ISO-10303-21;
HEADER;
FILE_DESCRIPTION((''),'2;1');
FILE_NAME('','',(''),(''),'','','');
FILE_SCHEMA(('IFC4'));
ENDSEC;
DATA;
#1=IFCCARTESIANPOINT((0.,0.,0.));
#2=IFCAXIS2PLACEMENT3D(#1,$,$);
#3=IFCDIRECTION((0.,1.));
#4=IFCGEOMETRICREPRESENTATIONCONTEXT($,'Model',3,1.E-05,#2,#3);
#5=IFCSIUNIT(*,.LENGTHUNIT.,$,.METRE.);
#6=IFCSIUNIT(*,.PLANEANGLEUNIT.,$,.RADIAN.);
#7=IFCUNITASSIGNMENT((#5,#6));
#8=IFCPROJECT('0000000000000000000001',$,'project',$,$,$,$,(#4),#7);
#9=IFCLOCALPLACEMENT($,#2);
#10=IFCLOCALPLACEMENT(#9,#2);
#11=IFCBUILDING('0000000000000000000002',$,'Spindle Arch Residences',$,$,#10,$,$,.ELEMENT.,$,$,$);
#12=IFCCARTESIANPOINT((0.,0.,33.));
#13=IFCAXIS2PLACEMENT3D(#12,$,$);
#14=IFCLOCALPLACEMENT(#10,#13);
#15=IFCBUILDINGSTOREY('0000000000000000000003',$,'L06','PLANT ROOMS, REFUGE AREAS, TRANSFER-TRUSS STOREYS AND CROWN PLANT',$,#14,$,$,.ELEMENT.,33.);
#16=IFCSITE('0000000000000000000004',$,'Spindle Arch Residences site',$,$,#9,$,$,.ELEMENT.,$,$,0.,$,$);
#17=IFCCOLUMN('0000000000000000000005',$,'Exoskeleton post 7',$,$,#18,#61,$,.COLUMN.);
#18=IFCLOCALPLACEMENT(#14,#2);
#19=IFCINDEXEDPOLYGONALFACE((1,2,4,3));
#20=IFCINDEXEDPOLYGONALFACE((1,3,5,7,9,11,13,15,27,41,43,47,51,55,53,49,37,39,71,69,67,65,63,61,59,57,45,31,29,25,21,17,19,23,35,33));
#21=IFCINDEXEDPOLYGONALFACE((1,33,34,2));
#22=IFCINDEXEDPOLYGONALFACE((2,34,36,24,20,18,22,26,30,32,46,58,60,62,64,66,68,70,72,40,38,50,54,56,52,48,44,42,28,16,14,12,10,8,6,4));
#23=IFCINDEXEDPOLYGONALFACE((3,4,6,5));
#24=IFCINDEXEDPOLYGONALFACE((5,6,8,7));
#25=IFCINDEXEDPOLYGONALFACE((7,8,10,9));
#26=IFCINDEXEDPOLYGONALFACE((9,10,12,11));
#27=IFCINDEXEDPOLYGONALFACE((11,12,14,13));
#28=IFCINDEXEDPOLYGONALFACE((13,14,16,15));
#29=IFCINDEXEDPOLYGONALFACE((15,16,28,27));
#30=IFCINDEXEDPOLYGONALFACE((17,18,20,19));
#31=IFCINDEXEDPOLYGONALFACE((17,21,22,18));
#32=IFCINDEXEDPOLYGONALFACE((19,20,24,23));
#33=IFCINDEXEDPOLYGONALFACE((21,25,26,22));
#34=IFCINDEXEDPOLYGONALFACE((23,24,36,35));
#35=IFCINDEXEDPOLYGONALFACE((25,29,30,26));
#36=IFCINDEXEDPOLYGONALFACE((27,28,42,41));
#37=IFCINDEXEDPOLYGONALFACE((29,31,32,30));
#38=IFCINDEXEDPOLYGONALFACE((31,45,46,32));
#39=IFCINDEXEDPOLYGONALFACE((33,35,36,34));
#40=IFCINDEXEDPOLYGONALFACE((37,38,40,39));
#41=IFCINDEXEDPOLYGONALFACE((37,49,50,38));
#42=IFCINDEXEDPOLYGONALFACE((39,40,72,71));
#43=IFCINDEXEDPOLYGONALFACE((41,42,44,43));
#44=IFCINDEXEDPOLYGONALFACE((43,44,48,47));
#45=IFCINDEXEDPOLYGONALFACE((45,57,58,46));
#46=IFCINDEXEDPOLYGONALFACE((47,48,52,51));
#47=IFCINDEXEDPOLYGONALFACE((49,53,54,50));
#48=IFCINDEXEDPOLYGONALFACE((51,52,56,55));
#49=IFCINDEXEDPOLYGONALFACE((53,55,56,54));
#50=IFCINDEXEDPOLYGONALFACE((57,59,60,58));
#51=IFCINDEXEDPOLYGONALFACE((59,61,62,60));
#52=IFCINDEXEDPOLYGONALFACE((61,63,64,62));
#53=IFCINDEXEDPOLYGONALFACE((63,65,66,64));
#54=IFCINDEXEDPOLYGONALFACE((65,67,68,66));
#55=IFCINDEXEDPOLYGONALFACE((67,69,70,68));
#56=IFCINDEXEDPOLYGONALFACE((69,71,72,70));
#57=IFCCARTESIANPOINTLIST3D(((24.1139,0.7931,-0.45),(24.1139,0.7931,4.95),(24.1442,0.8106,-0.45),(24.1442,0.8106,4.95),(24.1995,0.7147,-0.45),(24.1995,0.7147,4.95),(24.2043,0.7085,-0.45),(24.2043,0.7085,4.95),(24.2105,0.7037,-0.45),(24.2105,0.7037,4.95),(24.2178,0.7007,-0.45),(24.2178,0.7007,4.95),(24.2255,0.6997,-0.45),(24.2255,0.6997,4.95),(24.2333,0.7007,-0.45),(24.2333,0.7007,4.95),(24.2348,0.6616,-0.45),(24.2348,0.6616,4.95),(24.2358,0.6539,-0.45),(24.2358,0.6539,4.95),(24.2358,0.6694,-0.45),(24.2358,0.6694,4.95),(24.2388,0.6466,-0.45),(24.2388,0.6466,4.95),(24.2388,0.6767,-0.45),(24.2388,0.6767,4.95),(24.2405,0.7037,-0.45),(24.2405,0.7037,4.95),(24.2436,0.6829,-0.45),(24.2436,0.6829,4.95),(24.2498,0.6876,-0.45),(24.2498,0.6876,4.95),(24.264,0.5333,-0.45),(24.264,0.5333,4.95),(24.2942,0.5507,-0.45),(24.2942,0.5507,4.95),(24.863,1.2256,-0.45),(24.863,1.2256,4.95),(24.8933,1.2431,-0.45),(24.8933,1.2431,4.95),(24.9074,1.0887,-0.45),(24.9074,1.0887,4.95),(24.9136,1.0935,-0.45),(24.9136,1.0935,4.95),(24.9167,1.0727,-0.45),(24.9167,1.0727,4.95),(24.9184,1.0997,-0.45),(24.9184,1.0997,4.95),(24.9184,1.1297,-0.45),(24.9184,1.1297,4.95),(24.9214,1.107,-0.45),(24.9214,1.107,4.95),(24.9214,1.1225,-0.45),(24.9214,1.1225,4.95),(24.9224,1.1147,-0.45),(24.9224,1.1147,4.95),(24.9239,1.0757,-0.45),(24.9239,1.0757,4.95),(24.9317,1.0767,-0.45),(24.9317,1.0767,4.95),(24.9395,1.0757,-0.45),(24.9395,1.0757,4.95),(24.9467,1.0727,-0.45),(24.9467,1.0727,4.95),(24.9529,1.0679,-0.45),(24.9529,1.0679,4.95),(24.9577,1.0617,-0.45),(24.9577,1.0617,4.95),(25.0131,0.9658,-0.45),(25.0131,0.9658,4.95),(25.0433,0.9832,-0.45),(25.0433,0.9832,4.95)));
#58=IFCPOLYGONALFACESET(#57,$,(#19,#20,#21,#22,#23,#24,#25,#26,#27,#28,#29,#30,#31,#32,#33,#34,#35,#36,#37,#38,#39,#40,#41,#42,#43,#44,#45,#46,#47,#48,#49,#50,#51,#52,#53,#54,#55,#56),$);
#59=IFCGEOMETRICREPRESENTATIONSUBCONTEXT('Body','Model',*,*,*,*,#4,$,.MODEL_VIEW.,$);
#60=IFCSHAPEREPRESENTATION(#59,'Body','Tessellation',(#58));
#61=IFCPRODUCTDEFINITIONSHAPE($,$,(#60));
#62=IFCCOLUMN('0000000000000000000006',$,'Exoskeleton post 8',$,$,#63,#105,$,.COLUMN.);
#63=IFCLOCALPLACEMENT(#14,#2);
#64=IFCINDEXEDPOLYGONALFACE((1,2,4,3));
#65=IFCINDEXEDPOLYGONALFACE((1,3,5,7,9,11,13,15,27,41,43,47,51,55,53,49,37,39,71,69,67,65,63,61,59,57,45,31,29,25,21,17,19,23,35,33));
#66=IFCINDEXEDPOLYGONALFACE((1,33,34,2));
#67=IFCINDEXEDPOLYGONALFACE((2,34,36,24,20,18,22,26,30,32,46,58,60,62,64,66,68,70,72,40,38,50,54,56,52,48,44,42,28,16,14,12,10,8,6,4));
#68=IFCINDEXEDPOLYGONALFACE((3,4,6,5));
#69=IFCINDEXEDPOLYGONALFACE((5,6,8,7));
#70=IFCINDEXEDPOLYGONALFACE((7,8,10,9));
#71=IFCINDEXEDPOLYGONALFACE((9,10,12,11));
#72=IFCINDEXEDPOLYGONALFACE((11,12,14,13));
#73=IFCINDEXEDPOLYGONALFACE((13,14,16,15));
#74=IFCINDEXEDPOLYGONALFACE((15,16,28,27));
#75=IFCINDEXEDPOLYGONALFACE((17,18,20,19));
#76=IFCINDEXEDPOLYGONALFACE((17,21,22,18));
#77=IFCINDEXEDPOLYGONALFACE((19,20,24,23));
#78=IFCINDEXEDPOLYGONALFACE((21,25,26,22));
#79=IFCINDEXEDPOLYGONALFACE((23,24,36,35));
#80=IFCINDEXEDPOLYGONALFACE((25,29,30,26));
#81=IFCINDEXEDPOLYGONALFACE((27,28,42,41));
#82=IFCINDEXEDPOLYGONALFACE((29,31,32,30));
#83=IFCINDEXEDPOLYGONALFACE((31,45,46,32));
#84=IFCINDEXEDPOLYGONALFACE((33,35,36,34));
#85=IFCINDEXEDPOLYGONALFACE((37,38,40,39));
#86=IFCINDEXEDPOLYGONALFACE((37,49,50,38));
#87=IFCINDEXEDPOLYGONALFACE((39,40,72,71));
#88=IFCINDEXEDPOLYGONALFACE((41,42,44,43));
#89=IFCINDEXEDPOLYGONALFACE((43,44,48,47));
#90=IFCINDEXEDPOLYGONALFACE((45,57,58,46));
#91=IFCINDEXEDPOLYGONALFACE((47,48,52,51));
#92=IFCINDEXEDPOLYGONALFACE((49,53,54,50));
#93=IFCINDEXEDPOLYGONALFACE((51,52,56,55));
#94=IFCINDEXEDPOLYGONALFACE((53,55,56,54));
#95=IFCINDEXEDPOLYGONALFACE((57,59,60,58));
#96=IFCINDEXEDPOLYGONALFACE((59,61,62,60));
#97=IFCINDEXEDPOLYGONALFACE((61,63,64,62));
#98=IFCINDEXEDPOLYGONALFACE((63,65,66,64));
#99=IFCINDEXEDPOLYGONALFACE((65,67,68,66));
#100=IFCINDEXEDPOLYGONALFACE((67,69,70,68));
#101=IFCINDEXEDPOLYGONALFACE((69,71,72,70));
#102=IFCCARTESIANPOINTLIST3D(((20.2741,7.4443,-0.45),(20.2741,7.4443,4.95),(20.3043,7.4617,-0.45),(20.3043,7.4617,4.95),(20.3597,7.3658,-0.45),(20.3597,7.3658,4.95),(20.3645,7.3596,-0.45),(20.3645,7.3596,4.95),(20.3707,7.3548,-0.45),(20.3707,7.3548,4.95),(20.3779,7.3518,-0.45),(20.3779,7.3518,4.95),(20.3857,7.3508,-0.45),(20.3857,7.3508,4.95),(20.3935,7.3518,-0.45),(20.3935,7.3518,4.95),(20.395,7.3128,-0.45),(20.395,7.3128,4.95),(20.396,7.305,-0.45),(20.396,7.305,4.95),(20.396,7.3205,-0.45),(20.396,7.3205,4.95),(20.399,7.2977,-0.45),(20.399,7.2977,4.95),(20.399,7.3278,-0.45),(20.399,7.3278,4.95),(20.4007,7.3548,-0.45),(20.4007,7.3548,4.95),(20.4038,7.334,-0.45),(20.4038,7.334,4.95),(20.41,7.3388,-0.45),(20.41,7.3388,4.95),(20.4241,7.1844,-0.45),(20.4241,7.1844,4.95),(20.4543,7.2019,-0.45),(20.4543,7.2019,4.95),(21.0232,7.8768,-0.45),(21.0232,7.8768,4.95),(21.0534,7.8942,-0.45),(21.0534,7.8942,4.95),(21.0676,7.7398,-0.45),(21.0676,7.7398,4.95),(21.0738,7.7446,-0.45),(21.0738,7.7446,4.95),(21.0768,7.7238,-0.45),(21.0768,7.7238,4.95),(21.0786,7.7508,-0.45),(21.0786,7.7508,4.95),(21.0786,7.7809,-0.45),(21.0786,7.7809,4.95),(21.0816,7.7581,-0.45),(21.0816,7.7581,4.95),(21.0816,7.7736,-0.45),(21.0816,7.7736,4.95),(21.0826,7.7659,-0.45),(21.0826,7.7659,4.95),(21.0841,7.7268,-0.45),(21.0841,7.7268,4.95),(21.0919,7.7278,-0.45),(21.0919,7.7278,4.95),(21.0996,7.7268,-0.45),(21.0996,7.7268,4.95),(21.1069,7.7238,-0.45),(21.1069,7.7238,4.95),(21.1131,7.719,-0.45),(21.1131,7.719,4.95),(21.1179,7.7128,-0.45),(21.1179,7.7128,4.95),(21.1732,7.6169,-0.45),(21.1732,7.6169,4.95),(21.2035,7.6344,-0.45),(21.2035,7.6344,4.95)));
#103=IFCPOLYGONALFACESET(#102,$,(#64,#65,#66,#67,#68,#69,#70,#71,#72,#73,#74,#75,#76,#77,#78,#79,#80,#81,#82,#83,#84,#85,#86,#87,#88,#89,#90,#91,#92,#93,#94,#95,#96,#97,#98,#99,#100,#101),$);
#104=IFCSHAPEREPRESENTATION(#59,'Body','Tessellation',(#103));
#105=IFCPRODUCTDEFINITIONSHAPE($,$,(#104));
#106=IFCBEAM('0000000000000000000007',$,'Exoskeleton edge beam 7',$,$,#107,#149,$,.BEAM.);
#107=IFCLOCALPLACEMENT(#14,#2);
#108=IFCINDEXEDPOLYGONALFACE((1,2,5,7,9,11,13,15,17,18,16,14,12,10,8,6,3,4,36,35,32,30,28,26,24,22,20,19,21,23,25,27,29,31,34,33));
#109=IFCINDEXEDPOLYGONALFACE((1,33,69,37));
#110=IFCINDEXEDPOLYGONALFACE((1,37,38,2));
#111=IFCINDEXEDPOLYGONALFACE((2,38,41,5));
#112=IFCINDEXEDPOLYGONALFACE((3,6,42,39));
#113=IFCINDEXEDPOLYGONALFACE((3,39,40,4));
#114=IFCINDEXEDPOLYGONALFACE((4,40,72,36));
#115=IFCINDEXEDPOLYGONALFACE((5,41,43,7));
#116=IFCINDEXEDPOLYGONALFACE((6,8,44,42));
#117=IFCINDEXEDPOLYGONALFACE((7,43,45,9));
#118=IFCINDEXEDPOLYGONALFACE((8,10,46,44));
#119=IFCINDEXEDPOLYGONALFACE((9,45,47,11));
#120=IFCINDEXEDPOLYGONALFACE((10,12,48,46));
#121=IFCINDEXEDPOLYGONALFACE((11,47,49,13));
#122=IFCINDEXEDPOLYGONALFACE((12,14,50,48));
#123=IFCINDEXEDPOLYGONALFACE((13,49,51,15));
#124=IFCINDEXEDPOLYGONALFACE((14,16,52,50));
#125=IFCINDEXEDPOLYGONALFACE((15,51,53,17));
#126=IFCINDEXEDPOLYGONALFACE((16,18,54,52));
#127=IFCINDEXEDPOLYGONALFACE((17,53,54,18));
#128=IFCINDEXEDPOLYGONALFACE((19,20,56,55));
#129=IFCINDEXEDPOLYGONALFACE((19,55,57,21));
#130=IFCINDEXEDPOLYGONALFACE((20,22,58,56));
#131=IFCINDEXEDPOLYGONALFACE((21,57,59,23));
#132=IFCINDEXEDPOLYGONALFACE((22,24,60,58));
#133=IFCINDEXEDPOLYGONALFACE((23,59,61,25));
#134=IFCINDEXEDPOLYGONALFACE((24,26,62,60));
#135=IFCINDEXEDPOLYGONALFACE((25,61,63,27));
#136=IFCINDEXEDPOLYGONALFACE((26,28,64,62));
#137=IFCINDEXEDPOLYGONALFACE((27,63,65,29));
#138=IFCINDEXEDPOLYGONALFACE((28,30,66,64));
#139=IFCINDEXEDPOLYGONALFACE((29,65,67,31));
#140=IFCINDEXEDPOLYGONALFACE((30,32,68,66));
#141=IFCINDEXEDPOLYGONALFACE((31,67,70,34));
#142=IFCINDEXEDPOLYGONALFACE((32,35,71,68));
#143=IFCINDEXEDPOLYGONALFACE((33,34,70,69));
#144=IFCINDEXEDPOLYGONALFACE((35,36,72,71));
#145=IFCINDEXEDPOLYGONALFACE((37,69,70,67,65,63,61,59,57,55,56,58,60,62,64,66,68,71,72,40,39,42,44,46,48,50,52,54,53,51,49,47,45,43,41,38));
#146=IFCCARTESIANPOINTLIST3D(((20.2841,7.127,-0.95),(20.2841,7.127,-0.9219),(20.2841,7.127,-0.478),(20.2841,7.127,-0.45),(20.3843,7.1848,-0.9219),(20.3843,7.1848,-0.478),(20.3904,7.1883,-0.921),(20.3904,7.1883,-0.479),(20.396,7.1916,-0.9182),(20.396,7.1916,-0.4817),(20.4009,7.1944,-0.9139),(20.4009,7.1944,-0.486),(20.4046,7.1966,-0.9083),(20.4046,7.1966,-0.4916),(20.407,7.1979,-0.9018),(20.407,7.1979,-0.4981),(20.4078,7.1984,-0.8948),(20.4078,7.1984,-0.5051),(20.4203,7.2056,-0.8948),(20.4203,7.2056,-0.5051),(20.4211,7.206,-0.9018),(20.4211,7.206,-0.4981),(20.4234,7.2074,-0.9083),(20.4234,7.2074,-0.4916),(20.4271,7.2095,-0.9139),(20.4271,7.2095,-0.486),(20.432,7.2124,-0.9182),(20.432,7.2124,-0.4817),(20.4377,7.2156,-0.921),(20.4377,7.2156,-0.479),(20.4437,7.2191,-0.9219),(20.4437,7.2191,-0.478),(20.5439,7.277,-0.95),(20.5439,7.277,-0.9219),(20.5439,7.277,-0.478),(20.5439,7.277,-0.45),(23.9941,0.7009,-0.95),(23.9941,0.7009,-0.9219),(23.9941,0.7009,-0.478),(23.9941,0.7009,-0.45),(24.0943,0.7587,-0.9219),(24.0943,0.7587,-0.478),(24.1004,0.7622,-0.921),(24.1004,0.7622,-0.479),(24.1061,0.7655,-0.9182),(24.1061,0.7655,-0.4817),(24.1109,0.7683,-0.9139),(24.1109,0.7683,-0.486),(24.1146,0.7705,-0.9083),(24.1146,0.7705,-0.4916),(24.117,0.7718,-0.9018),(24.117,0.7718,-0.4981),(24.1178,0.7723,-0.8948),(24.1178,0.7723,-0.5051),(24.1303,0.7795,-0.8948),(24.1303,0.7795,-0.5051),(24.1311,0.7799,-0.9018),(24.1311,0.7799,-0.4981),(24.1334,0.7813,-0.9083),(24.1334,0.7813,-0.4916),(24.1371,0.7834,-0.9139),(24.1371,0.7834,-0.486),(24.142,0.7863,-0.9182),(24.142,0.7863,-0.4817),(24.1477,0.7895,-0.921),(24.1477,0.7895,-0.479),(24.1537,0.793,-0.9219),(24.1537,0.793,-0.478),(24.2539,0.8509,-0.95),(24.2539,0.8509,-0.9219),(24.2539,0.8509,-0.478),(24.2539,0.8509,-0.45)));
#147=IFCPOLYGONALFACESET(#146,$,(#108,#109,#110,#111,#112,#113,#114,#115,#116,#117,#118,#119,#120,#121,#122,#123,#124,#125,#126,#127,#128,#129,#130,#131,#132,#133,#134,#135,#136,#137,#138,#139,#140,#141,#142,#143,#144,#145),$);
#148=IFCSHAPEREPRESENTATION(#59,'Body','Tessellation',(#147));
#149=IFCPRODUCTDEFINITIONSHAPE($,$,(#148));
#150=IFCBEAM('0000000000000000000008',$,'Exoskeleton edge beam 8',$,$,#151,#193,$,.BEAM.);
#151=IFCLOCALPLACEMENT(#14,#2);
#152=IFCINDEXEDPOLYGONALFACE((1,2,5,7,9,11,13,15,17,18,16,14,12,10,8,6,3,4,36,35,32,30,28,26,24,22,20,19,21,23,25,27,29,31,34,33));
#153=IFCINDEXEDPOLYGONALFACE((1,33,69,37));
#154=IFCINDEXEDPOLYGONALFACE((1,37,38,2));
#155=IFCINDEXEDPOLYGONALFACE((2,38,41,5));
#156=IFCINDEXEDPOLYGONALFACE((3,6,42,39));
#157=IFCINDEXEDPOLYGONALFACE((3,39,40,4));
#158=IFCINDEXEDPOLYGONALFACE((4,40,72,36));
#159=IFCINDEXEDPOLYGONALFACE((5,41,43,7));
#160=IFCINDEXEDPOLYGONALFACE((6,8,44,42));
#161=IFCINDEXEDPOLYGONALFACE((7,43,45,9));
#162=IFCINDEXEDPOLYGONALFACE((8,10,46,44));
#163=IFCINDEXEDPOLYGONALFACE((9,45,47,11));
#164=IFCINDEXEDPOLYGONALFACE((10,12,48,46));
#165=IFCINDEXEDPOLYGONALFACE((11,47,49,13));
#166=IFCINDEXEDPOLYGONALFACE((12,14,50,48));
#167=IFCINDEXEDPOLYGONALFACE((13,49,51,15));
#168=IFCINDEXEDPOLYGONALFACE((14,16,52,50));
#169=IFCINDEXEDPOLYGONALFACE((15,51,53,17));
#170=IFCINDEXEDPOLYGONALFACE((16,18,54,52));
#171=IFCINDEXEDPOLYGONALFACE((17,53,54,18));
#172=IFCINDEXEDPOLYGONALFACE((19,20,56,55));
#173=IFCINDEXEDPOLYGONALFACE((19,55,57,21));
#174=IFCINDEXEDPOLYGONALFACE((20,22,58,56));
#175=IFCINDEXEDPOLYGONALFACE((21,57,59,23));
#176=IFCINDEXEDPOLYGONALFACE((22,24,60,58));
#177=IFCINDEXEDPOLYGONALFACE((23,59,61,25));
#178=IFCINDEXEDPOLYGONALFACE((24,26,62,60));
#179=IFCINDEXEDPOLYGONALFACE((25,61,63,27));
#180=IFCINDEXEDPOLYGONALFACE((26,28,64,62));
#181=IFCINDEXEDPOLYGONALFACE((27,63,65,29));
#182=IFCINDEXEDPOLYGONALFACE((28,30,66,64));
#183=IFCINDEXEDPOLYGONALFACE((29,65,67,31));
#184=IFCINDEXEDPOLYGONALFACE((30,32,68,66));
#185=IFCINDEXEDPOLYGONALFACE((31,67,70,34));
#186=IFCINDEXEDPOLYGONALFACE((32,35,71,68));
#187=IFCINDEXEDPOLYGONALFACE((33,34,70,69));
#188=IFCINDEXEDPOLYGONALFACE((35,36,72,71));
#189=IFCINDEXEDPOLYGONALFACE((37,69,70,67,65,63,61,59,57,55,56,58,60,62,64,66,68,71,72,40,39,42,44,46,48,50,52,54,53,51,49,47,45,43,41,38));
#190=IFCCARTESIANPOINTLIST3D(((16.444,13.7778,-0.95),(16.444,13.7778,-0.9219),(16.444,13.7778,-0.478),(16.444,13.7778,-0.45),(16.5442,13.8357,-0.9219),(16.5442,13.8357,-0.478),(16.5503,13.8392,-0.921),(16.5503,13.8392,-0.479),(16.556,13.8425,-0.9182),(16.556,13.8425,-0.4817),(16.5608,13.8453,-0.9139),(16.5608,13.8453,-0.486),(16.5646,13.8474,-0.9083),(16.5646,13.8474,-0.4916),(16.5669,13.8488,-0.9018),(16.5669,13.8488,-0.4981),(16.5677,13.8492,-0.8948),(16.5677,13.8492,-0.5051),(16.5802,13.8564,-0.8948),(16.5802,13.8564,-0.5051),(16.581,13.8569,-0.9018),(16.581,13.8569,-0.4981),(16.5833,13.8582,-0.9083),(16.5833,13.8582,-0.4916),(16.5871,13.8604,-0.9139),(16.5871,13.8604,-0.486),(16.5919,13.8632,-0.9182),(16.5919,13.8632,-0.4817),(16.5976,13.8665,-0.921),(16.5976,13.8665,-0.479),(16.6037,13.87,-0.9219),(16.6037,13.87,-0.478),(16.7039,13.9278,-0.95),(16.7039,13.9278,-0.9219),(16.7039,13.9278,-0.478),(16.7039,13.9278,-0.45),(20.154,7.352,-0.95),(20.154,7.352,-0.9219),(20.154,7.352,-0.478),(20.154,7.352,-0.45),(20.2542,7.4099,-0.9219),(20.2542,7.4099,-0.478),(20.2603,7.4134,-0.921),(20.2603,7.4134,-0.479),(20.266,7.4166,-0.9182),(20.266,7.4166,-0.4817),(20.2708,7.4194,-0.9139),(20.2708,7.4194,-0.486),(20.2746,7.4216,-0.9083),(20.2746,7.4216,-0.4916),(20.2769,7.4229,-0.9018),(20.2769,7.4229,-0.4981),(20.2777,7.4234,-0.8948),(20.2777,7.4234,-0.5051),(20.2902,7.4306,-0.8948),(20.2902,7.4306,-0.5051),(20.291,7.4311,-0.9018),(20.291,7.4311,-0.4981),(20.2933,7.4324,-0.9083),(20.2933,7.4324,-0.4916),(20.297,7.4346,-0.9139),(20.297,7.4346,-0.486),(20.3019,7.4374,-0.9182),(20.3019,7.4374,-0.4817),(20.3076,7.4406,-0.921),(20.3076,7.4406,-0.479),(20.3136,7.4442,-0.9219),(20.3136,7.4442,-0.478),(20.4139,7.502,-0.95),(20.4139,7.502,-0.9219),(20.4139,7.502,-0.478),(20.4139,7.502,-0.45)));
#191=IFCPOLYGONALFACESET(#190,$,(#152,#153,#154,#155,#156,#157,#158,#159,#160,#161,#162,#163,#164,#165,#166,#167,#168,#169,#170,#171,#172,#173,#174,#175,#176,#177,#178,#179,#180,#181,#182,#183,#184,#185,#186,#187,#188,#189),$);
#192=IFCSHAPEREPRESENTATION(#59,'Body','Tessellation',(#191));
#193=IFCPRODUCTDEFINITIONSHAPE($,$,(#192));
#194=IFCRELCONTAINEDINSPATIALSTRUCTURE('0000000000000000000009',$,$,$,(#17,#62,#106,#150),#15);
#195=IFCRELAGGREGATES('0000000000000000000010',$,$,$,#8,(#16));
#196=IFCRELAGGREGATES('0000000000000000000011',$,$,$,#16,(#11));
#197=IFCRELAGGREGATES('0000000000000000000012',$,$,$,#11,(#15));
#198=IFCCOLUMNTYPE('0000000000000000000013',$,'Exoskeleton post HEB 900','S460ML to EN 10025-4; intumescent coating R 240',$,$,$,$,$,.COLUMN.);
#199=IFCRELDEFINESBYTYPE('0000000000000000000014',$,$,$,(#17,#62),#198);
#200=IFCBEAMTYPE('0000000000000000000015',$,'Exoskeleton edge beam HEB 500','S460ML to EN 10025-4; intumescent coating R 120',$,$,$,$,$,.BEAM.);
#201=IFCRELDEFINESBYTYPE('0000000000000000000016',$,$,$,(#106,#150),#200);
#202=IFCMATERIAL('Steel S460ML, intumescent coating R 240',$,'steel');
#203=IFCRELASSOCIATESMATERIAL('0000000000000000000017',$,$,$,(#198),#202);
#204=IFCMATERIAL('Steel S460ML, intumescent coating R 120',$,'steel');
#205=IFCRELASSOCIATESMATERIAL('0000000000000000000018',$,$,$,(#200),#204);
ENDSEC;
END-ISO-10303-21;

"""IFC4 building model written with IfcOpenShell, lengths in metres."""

from ifc_helpers import new_model, si_unit, direction, frame, origin, origin_2d, place, context, subcontext, project, spatial, i_section, extrude, material, material_profile, profile_set, type_object, element, save


model = new_model("IFC4")

# Units and contexts
model_context = context("Model", 3, precision=1e-05, world=origin(), true_north=direction((0.0, 1.0)))
body_context = subcontext(model_context, "Body", "Model", "MODEL_VIEW")
ifc_project = project(units=[si_unit("LENGTHUNIT", "METRE"), si_unit("PLANEANGLEUNIT", "RADIAN")], contexts=[model_context])

# Site, building, storey
site_placement = place(None, origin())
site = spatial("IfcSite", under=ifc_project, at=site_placement, Name="Spindle Arch Residences site", CompositionType="ELEMENT", RefElevation=0.0)
building_placement = place(site_placement, origin())
building = spatial("IfcBuilding", under=site, at=building_placement, Name="Spindle Arch Residences", CompositionType="ELEMENT")
storey_placement = place(building_placement, frame((0.0, 0.0, 33.0)))
storey = spatial("IfcBuildingStorey", under=building, at=storey_placement, Name="L06", Description="PLANT ROOMS, REFUGE AREAS, TRANSFER-TRUSS STOREYS AND CROWN PLANT", CompositionType="ELEMENT", Elevation=33.0)

# Columns
ifc_material_1 = material(Name="Steel S460ML, intumescent coating R 240", Category="steel")
ifc_material_profile_1 = material_profile(ifc_material_1, i_section(OverallWidth=0.3, OverallDepth=0.8999, WebThickness=0.0186, FlangeThickness=0.0349, FilletRadius=0.03, at=origin_2d()), Name="HEB 900")
ifc_profile_set_1 = profile_set([ifc_material_profile_1], Name="Steel S460ML, intumescent coating R 240")
column_type = type_object("IfcColumnType", Name="Exoskeleton post HEB 900", Description="S460ML to EN 10025-4; intumescent coating R 240", PredefinedType="COLUMN", material=ifc_profile_set_1)
for number, where, z_axis, x_axis, name in (
    (1, (24.5786, 0.8882, -0.45), (0.0, 0.0, 1.0), (0.5, -0.866025, 0.0), "Exoskeleton post 7"),
    (2, (20.7388, 7.5393, -0.45), (0.0, 0.0, 1.0), (0.5, -0.866025, 0.0), "Exoskeleton post 8"),
):
    element("IfcColumn", number, at=place(storey_placement, frame(where, z_axis=z_axis, x_axis=x_axis)), inside=storey, type_object=column_type, Name=name, PredefinedType="COLUMN", context=body_context, shape_type="SweptSolid", body=[
        extrude(i_section(OverallWidth=0.3, OverallDepth=0.8999, WebThickness=0.0186, FlangeThickness=0.0349, FilletRadius=0.03, at=origin_2d()), origin(), (0.0, 0.0, 1.0), 5.3999),
    ])

# Beams
ifc_material_2 = material(Name="Steel S460ML, intumescent coating R 120", Category="steel")
ifc_material_profile_2 = material_profile(ifc_material_2, i_section(OverallWidth=0.3, OverallDepth=0.5, WebThickness=0.0144, FlangeThickness=0.0281, FilletRadius=0.0271, at=origin_2d()), Name="HEB 500")
ifc_profile_set_2 = profile_set([ifc_material_profile_2], Name="Steel S460ML, intumescent coating R 120")
beam_type_1 = type_object("IfcBeamType", Name="Exoskeleton edge beam HEB 500", Description="S460ML to EN 10025-4; intumescent coating R 120", PredefinedType="BEAM", material=ifc_profile_set_2)
beam_1_placement = place(storey_placement, frame((24.124, 0.7759, -0.7), z_axis=(-0.499989, 0.866032, 0.0), x_axis=(-0.866032, -0.499989, 0.0)))
element("IfcBeam", 3, at=beam_1_placement, inside=storey, type_object=beam_type_1, Name="Exoskeleton edge beam 7", PredefinedType="BEAM", context=body_context, shape_type="SweptSolid", body=[
    extrude(i_section(OverallWidth=0.3, OverallDepth=0.5, WebThickness=0.0144, FlangeThickness=0.0281, FilletRadius=0.0271, at=origin_2d()), origin(), (0.0, 0.0, 1.0), 7.4202),
])
beam_2_placement = place(storey_placement, frame((20.2839, 7.427, -0.7), z_axis=(-0.500003, 0.866023, 0.0), x_axis=(-0.866023, -0.500003, 0.0)))
element("IfcBeam", 4, at=beam_2_placement, inside=storey, type_object=beam_type_1, Name="Exoskeleton edge beam 8", PredefinedType="BEAM", context=body_context, shape_type="SweptSolid", body=[
    extrude(i_section(OverallWidth=0.3, OverallDepth=0.5, WebThickness=0.0144, FlangeThickness=0.0281, FilletRadius=0.0271, at=origin_2d()), origin(), (0.0, 0.0, 1.0), 7.4199),
])

save(model, "model.ifc")
